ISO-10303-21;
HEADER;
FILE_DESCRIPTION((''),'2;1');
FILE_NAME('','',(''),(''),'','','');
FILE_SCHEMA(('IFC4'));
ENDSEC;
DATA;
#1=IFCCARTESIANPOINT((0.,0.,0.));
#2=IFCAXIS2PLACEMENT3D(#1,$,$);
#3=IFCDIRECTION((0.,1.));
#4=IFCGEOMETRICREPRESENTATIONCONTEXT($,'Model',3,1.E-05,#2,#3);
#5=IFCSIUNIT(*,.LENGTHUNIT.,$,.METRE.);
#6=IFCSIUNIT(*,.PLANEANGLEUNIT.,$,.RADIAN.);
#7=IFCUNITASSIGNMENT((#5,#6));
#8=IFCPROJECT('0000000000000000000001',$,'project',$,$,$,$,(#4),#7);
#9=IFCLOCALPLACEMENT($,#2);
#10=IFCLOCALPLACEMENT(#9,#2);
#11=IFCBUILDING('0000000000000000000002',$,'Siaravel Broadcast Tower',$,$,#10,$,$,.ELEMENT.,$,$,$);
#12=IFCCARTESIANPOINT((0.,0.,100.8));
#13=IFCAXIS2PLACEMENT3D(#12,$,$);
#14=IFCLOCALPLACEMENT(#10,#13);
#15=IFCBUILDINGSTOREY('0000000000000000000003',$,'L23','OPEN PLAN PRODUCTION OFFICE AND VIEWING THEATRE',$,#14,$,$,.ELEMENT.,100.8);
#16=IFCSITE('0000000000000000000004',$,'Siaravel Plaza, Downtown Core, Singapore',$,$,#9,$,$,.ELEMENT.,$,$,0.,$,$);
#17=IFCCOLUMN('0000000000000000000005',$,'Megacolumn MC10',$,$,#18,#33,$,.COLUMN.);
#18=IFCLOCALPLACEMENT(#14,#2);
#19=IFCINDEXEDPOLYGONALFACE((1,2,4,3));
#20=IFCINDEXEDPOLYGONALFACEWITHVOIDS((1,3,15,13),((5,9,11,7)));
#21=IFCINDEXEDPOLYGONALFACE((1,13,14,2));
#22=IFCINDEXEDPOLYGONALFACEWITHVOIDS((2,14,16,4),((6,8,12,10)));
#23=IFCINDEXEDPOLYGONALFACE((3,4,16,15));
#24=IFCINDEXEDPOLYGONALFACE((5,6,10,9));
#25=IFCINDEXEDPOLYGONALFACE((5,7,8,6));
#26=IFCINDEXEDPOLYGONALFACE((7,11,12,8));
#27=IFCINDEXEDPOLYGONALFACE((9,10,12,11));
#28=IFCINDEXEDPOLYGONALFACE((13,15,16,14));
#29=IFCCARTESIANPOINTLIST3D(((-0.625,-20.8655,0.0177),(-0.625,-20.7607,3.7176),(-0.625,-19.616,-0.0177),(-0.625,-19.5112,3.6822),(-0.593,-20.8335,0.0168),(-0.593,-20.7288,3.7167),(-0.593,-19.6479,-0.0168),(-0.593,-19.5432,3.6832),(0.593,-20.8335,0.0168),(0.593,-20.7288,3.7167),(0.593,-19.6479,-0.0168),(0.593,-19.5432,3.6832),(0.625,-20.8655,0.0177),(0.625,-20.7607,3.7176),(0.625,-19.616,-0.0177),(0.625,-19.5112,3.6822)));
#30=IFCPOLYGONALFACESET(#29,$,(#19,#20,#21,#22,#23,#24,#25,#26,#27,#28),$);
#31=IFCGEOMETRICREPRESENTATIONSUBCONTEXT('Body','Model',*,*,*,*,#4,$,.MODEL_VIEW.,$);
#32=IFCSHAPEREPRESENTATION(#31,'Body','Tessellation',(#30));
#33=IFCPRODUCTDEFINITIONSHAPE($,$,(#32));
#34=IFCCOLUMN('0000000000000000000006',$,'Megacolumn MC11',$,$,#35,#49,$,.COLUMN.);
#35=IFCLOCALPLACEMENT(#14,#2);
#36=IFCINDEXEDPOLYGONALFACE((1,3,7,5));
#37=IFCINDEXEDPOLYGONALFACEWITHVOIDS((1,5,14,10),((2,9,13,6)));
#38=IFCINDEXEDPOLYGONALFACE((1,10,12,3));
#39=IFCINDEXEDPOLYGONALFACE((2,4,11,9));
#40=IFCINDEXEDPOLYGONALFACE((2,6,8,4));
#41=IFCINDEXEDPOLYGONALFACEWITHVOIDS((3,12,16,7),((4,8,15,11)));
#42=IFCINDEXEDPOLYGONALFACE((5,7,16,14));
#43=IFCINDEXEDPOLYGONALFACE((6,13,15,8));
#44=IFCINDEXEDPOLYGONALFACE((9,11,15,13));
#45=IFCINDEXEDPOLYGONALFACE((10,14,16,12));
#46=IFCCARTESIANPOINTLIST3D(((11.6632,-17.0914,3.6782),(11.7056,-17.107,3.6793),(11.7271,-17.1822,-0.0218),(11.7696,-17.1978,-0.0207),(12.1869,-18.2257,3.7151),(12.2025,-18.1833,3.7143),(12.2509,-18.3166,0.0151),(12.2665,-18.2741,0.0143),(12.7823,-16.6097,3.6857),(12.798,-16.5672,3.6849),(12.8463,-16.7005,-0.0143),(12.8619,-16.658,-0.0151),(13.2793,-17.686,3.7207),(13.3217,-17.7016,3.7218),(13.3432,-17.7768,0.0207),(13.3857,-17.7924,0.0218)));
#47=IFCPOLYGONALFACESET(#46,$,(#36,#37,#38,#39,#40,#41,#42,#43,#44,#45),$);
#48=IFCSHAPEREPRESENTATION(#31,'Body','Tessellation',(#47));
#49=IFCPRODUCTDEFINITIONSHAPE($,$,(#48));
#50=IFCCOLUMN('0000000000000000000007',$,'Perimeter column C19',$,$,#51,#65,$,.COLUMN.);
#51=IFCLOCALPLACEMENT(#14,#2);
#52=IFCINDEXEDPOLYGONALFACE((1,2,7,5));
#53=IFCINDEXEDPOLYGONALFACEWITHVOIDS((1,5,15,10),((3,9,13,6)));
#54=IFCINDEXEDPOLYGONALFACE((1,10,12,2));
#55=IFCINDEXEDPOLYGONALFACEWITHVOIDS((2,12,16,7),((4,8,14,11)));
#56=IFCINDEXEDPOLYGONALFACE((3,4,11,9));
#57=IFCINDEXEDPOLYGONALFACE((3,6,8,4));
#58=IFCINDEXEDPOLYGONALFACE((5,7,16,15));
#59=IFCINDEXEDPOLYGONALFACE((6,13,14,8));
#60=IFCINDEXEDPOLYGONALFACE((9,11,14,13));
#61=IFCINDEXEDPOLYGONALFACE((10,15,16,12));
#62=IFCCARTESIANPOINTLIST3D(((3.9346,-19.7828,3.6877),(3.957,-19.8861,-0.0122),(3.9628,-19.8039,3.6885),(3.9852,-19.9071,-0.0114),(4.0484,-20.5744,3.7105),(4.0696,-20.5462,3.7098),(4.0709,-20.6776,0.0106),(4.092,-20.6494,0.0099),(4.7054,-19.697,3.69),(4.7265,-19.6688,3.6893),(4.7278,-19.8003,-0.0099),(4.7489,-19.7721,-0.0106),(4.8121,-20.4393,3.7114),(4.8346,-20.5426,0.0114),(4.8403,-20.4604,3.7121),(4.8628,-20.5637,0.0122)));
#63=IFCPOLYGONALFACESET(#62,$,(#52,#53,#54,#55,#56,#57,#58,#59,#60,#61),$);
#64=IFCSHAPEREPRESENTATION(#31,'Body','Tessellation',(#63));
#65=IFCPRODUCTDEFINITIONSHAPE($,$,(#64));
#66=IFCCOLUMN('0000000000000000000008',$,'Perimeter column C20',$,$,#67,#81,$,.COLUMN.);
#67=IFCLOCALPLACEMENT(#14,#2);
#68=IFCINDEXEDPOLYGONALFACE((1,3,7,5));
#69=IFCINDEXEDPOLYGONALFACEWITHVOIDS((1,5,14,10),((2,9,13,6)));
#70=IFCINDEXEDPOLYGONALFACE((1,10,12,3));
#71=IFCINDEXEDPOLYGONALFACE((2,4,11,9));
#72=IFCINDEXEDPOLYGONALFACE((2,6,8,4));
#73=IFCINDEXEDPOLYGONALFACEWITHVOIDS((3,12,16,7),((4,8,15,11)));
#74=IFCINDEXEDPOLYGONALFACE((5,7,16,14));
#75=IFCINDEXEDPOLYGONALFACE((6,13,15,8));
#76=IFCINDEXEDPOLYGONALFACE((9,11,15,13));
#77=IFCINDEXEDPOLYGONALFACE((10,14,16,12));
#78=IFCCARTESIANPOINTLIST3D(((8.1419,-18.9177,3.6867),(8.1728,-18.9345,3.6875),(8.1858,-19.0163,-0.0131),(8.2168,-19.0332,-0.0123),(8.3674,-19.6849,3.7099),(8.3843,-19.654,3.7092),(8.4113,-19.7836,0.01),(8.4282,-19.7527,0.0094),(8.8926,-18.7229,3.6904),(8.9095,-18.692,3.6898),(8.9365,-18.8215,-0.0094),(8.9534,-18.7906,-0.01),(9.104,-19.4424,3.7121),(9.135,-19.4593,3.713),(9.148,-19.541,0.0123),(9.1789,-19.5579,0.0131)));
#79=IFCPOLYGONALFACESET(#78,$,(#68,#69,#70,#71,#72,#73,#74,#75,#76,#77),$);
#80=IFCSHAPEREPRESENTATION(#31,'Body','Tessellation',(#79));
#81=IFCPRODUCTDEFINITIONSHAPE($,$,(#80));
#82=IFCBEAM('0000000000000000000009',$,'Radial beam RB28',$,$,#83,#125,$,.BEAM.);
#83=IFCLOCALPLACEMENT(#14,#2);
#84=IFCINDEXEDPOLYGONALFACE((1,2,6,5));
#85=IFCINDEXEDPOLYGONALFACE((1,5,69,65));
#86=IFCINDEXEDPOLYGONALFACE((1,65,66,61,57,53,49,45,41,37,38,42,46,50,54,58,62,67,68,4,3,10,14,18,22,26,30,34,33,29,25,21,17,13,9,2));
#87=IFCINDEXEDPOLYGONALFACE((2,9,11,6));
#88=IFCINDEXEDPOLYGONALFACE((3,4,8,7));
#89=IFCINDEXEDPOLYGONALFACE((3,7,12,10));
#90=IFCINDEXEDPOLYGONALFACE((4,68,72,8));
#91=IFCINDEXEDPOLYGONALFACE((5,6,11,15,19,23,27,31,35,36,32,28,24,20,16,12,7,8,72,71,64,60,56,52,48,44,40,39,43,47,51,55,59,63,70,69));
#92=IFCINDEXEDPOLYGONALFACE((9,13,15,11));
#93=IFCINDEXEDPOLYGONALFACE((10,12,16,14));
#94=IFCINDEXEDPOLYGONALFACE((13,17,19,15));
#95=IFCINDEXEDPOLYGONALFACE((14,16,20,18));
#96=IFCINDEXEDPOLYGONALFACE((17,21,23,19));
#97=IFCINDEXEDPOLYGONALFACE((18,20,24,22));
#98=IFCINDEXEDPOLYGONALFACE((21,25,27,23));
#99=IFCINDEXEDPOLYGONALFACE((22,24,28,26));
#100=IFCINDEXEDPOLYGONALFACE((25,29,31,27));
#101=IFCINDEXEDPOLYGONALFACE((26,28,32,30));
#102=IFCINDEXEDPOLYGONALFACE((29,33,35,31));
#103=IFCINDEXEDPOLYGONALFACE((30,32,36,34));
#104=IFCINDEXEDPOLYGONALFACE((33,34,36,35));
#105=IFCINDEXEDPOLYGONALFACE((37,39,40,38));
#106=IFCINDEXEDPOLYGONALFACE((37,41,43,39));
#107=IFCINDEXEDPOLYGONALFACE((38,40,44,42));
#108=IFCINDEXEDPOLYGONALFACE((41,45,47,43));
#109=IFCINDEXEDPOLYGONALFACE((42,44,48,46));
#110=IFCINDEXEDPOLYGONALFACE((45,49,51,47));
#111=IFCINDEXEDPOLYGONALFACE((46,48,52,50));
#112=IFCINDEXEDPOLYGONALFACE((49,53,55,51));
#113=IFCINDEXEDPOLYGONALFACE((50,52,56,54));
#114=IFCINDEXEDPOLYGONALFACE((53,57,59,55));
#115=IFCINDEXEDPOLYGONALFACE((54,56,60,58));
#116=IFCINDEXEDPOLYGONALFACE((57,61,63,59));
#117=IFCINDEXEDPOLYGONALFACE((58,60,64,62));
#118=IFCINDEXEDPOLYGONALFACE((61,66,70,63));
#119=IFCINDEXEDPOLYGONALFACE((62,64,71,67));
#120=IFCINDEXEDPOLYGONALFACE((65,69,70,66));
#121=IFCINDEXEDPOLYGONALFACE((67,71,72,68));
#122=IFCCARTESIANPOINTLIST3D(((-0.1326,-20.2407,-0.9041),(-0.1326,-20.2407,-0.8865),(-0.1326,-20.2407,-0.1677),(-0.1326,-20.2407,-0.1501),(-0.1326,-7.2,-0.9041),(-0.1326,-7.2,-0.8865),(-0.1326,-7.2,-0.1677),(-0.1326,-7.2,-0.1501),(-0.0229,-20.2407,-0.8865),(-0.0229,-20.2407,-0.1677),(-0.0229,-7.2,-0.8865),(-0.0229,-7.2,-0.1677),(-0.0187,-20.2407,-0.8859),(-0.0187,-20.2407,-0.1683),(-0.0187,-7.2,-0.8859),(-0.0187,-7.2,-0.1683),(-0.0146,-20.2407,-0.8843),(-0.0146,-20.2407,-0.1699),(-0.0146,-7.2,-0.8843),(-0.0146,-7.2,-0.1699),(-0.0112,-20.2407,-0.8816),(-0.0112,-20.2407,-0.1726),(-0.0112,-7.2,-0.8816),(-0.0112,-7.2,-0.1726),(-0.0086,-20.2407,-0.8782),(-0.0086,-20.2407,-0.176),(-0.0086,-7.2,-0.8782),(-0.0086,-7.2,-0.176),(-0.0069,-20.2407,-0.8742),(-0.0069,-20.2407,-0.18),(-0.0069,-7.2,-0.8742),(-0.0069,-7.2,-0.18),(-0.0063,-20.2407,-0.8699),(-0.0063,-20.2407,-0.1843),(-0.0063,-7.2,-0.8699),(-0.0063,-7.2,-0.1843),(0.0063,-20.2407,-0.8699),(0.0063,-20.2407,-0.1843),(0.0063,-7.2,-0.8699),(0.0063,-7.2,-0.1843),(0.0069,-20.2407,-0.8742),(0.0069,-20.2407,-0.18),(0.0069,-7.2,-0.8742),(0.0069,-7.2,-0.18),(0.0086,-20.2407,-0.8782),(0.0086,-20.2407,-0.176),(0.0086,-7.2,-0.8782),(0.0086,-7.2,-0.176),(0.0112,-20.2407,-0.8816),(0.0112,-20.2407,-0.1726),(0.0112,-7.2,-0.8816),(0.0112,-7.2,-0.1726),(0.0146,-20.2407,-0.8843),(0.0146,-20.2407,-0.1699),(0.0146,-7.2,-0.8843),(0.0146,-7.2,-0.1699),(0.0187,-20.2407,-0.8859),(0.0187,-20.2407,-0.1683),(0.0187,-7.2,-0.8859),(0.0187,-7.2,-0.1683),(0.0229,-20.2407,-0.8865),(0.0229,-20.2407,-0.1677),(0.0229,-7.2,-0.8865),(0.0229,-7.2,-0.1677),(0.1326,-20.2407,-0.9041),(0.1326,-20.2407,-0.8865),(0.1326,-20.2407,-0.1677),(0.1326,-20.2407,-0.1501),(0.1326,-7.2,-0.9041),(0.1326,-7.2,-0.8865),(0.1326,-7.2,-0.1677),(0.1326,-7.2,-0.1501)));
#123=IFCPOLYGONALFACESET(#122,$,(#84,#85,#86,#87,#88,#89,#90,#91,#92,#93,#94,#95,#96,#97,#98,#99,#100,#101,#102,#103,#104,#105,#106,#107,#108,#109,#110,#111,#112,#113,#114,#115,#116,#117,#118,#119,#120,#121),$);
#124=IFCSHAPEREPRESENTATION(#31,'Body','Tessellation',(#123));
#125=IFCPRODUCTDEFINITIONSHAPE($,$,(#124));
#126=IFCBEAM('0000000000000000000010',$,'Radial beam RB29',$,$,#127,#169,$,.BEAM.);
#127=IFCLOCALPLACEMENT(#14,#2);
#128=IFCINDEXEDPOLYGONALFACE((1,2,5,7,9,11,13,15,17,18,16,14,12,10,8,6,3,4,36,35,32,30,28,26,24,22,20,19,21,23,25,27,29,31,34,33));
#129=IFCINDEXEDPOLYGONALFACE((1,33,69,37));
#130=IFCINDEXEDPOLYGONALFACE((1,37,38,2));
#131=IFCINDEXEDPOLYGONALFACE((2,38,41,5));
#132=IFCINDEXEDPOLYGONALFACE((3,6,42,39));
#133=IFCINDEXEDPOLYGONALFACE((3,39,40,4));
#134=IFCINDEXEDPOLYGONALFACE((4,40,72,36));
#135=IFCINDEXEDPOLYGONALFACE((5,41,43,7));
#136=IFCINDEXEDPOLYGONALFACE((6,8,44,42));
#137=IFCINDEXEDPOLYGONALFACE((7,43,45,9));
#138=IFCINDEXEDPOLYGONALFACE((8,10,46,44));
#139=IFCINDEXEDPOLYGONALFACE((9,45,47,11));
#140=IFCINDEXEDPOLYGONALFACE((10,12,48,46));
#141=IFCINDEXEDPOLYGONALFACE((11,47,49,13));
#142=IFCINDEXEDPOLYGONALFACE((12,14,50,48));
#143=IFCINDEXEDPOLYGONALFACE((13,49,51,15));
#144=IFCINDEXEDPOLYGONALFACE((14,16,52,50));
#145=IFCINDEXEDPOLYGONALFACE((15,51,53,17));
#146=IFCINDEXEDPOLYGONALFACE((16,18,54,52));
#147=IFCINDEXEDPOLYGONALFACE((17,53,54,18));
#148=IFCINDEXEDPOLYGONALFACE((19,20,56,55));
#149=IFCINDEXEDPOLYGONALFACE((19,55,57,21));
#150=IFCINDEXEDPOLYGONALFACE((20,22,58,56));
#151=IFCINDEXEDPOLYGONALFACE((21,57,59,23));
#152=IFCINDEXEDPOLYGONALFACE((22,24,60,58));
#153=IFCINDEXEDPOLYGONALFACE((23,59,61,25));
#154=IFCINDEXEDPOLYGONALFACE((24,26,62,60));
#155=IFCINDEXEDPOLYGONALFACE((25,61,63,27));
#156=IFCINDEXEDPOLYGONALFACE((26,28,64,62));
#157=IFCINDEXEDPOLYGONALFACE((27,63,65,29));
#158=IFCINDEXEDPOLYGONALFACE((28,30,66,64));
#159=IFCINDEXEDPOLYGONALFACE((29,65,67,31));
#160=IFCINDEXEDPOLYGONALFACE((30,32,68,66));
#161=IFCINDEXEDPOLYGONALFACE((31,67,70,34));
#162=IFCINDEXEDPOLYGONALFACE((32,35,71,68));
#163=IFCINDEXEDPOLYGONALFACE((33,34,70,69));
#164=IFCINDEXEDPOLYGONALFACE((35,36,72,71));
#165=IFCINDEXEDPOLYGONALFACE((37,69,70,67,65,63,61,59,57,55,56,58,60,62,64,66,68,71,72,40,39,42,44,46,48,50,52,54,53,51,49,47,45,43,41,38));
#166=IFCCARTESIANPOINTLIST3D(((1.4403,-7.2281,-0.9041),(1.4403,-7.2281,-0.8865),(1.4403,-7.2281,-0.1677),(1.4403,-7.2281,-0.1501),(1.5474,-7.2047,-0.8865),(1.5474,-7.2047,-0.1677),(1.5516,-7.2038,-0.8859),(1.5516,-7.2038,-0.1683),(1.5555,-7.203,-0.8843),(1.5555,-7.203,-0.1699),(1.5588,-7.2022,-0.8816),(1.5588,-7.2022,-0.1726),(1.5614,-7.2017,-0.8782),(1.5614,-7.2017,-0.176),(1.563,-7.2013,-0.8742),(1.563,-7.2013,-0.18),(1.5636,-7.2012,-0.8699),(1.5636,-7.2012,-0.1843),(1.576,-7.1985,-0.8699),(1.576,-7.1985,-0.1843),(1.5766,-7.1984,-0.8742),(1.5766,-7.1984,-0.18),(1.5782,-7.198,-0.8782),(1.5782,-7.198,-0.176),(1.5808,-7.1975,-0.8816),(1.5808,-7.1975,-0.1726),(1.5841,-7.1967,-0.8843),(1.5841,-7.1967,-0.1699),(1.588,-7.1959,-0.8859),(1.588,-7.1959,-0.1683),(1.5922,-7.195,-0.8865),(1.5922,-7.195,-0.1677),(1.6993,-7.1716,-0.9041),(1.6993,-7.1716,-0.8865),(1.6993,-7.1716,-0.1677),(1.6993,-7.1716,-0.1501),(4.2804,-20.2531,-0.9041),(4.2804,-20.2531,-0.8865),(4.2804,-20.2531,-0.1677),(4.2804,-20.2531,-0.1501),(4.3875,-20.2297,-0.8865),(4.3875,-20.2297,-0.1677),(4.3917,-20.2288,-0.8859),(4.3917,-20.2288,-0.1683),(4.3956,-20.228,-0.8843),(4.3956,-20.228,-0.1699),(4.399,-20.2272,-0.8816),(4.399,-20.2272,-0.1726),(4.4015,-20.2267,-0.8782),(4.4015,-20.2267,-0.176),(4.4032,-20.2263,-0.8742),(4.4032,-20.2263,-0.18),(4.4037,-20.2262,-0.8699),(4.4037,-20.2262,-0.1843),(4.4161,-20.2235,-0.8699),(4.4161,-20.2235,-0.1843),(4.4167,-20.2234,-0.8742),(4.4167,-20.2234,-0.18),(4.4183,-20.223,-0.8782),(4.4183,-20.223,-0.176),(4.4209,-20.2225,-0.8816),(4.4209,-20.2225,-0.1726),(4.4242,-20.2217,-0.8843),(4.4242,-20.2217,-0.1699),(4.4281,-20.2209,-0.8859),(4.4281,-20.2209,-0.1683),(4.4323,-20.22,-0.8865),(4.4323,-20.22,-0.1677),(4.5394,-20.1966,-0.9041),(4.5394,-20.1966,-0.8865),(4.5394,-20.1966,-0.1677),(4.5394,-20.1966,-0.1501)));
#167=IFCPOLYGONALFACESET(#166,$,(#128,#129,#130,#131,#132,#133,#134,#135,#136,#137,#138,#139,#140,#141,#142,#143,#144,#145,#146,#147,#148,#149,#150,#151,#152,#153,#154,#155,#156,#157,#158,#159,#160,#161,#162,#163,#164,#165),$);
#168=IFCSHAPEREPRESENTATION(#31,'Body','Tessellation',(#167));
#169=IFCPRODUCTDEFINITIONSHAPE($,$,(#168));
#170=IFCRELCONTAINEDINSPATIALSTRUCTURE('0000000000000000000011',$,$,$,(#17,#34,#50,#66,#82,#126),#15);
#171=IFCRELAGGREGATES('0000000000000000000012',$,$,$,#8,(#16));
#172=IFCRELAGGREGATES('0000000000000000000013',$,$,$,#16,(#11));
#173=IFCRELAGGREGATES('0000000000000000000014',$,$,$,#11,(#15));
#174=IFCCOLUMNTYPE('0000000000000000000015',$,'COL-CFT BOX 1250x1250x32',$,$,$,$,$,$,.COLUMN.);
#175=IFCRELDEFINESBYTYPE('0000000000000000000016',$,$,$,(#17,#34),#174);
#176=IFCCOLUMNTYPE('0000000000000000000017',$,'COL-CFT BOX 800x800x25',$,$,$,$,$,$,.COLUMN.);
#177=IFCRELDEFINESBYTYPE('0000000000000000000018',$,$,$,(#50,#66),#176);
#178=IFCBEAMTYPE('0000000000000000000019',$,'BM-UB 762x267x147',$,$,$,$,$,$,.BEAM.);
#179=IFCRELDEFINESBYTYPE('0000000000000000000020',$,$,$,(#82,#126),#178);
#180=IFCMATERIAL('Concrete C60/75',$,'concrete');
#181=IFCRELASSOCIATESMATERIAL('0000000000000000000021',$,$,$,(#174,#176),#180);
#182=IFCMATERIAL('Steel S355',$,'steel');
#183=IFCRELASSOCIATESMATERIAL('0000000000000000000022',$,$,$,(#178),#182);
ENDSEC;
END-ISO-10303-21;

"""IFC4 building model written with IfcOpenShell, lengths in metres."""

from ifc_helpers import new_model, si_unit, direction, frame, origin, origin_2d, place, context, subcontext, project, spatial, hollow_rectangle, i_section, extrude, material, material_profile, profile_set, type_object, element, save


model = new_model("IFC4")

# Units and contexts
model_context = context("Model", 3, precision=1e-05, world=origin(), true_north=direction((0.0, 1.0)))
body_context = subcontext(model_context, "Body", "Model", "MODEL_VIEW")
ifc_project = project(units=[si_unit("LENGTHUNIT", "METRE"), si_unit("PLANEANGLEUNIT", "RADIAN")], contexts=[model_context])

# Site, building, storey
site_placement = place(None, origin())
site = spatial("IfcSite", under=ifc_project, at=site_placement, Name="Siaravel Plaza, Downtown Core, Singapore", CompositionType="ELEMENT", RefElevation=0.0)
building_placement = place(site_placement, origin())
building = spatial("IfcBuilding", under=site, at=building_placement, Name="Siaravel Broadcast Tower", CompositionType="ELEMENT")
storey_placement = place(building_placement, frame((0.0, 0.0, 100.8)))
storey = spatial("IfcBuildingStorey", under=building, at=storey_placement, Name="L23", Description="OPEN PLAN PRODUCTION OFFICE AND VIEWING THEATRE", CompositionType="ELEMENT", Elevation=100.8)

# Columns
ifc_material_1 = material(Name="Concrete C60/75", Category="concrete")
ifc_material_profile_1 = material_profile(ifc_material_1, hollow_rectangle(XDim=1.25, YDim=1.25, WallThickness=0.032, at=origin_2d()))
ifc_profile_set_1 = profile_set([ifc_material_profile_1], Name="Concrete C60/75")
column_type_1 = type_object("IfcColumnType", Name="COL-CFT BOX 1250x1250x32", PredefinedType="COLUMN", material=ifc_profile_set_1)
column_1_placement = place(storey_placement, frame((0.0, -20.2407, 0.0), z_axis=(0.0, 0.028296, 0.9996), x_axis=(-1.0, 0.0, 0.0)))
element("IfcColumn", 1, at=column_1_placement, inside=storey, type_object=column_type_1, Name="Megacolumn MC10", PredefinedType="COLUMN", context=body_context, shape_type="SweptSolid", body=[
    extrude(hollow_rectangle(XDim=1.25, YDim=1.25, WallThickness=0.032, at=origin_2d()), origin(), (0.0, 0.0, 1.0), 3.7014),
])
column_2_placement = place(storey_placement, frame((12.5564, -17.4873, 0.0), z_axis=(-0.01728, 0.024535, 0.99955), x_axis=(-0.907825, -0.419314, -0.005402)))
element("IfcColumn", 2, at=column_2_placement, inside=storey, type_object=column_type_1, Name="Megacolumn MC11", PredefinedType="COLUMN", context=body_context, shape_type="SweptSolid", body=[
    extrude(hollow_rectangle(XDim=1.25, YDim=1.25, WallThickness=0.032, at=origin_2d()), origin(), (0.0, 0.0, 1.0), 3.7017),
])
ifc_material_profile_2 = material_profile(ifc_material_1, hollow_rectangle(XDim=0.8, YDim=0.8, WallThickness=0.0249, at=origin_2d()))
ifc_profile_set_2 = profile_set([ifc_material_profile_2], Name="Concrete C60/75")
column_type_2 = type_object("IfcColumnType", Name="COL-CFT BOX 800x800x25", PredefinedType="COLUMN", material=ifc_profile_set_2)
for number, where, z_axis, x_axis, name in (
    (3, (4.4099, -20.2249, 0.0), (-0.006068, 0.0279, 0.999592), (-0.989799, -0.142457, -0.002032), "Perimeter column C19"),
    (4, (8.6824, -19.2871, 0.0), (-0.011872, 0.026647, 0.999574), (-0.959384, -0.282077, -0.003875), "Perimeter column C20"),
):
    element("IfcColumn", number, at=place(storey_placement, frame(where, z_axis=z_axis, x_axis=x_axis)), inside=storey, type_object=column_type_2, Name=name, PredefinedType="COLUMN", context=body_context, shape_type="SweptSolid", body=[
        extrude(hollow_rectangle(XDim=0.8, YDim=0.8, WallThickness=0.0249, at=origin_2d()), origin(), (0.0, 0.0, 1.0), 3.7014),
    ])

# Beams
ifc_material_2 = material(Name="Steel S355", Category="steel")
ifc_material_profile_3 = material_profile(ifc_material_2, i_section(OverallWidth=0.2651, OverallDepth=0.7539, WebThickness=0.0127, FlangeThickness=0.0176, FilletRadius=0.0166, at=origin_2d()))
ifc_profile_set_3 = profile_set([ifc_material_profile_3], Name="Steel S355")
beam_type = type_object("IfcBeamType", Name="BM-UB 762x267x147", PredefinedType="BEAM", material=ifc_profile_set_3)
beam_1_placement = place(storey_placement, frame((0.0, -20.2407, -0.5271), z_axis=(0.0, 1.0, 0.0), x_axis=(-1.0, 0.0, 0.0)))
element("IfcBeam", 5, at=beam_1_placement, inside=storey, type_object=beam_type, Name="Radial beam RB28", PredefinedType="BEAM", context=body_context, shape_type="SweptSolid", body=[
    extrude(i_section(OverallWidth=0.2651, OverallDepth=0.7539, WebThickness=0.0127, FlangeThickness=0.0176, FilletRadius=0.0166, at=origin_2d()), origin(), (0.0, 0.0, 1.0), 13.0408),
])
beam_2_placement = place(storey_placement, frame((4.4099, -20.2249, -0.5271), z_axis=(-0.213045, 0.977042, 0.0), x_axis=(-0.977042, -0.213045, 0.0)))
element("IfcBeam", 6, at=beam_2_placement, inside=storey, type_object=beam_type, Name="Radial beam RB29", PredefinedType="BEAM", context=body_context, shape_type="SweptSolid", body=[
    extrude(i_section(OverallWidth=0.2651, OverallDepth=0.7539, WebThickness=0.0127, FlangeThickness=0.0176, FilletRadius=0.0166, at=origin_2d()), origin(), (0.0, 0.0, 1.0), 13.3311),
])

save(model, "model.ifc")
